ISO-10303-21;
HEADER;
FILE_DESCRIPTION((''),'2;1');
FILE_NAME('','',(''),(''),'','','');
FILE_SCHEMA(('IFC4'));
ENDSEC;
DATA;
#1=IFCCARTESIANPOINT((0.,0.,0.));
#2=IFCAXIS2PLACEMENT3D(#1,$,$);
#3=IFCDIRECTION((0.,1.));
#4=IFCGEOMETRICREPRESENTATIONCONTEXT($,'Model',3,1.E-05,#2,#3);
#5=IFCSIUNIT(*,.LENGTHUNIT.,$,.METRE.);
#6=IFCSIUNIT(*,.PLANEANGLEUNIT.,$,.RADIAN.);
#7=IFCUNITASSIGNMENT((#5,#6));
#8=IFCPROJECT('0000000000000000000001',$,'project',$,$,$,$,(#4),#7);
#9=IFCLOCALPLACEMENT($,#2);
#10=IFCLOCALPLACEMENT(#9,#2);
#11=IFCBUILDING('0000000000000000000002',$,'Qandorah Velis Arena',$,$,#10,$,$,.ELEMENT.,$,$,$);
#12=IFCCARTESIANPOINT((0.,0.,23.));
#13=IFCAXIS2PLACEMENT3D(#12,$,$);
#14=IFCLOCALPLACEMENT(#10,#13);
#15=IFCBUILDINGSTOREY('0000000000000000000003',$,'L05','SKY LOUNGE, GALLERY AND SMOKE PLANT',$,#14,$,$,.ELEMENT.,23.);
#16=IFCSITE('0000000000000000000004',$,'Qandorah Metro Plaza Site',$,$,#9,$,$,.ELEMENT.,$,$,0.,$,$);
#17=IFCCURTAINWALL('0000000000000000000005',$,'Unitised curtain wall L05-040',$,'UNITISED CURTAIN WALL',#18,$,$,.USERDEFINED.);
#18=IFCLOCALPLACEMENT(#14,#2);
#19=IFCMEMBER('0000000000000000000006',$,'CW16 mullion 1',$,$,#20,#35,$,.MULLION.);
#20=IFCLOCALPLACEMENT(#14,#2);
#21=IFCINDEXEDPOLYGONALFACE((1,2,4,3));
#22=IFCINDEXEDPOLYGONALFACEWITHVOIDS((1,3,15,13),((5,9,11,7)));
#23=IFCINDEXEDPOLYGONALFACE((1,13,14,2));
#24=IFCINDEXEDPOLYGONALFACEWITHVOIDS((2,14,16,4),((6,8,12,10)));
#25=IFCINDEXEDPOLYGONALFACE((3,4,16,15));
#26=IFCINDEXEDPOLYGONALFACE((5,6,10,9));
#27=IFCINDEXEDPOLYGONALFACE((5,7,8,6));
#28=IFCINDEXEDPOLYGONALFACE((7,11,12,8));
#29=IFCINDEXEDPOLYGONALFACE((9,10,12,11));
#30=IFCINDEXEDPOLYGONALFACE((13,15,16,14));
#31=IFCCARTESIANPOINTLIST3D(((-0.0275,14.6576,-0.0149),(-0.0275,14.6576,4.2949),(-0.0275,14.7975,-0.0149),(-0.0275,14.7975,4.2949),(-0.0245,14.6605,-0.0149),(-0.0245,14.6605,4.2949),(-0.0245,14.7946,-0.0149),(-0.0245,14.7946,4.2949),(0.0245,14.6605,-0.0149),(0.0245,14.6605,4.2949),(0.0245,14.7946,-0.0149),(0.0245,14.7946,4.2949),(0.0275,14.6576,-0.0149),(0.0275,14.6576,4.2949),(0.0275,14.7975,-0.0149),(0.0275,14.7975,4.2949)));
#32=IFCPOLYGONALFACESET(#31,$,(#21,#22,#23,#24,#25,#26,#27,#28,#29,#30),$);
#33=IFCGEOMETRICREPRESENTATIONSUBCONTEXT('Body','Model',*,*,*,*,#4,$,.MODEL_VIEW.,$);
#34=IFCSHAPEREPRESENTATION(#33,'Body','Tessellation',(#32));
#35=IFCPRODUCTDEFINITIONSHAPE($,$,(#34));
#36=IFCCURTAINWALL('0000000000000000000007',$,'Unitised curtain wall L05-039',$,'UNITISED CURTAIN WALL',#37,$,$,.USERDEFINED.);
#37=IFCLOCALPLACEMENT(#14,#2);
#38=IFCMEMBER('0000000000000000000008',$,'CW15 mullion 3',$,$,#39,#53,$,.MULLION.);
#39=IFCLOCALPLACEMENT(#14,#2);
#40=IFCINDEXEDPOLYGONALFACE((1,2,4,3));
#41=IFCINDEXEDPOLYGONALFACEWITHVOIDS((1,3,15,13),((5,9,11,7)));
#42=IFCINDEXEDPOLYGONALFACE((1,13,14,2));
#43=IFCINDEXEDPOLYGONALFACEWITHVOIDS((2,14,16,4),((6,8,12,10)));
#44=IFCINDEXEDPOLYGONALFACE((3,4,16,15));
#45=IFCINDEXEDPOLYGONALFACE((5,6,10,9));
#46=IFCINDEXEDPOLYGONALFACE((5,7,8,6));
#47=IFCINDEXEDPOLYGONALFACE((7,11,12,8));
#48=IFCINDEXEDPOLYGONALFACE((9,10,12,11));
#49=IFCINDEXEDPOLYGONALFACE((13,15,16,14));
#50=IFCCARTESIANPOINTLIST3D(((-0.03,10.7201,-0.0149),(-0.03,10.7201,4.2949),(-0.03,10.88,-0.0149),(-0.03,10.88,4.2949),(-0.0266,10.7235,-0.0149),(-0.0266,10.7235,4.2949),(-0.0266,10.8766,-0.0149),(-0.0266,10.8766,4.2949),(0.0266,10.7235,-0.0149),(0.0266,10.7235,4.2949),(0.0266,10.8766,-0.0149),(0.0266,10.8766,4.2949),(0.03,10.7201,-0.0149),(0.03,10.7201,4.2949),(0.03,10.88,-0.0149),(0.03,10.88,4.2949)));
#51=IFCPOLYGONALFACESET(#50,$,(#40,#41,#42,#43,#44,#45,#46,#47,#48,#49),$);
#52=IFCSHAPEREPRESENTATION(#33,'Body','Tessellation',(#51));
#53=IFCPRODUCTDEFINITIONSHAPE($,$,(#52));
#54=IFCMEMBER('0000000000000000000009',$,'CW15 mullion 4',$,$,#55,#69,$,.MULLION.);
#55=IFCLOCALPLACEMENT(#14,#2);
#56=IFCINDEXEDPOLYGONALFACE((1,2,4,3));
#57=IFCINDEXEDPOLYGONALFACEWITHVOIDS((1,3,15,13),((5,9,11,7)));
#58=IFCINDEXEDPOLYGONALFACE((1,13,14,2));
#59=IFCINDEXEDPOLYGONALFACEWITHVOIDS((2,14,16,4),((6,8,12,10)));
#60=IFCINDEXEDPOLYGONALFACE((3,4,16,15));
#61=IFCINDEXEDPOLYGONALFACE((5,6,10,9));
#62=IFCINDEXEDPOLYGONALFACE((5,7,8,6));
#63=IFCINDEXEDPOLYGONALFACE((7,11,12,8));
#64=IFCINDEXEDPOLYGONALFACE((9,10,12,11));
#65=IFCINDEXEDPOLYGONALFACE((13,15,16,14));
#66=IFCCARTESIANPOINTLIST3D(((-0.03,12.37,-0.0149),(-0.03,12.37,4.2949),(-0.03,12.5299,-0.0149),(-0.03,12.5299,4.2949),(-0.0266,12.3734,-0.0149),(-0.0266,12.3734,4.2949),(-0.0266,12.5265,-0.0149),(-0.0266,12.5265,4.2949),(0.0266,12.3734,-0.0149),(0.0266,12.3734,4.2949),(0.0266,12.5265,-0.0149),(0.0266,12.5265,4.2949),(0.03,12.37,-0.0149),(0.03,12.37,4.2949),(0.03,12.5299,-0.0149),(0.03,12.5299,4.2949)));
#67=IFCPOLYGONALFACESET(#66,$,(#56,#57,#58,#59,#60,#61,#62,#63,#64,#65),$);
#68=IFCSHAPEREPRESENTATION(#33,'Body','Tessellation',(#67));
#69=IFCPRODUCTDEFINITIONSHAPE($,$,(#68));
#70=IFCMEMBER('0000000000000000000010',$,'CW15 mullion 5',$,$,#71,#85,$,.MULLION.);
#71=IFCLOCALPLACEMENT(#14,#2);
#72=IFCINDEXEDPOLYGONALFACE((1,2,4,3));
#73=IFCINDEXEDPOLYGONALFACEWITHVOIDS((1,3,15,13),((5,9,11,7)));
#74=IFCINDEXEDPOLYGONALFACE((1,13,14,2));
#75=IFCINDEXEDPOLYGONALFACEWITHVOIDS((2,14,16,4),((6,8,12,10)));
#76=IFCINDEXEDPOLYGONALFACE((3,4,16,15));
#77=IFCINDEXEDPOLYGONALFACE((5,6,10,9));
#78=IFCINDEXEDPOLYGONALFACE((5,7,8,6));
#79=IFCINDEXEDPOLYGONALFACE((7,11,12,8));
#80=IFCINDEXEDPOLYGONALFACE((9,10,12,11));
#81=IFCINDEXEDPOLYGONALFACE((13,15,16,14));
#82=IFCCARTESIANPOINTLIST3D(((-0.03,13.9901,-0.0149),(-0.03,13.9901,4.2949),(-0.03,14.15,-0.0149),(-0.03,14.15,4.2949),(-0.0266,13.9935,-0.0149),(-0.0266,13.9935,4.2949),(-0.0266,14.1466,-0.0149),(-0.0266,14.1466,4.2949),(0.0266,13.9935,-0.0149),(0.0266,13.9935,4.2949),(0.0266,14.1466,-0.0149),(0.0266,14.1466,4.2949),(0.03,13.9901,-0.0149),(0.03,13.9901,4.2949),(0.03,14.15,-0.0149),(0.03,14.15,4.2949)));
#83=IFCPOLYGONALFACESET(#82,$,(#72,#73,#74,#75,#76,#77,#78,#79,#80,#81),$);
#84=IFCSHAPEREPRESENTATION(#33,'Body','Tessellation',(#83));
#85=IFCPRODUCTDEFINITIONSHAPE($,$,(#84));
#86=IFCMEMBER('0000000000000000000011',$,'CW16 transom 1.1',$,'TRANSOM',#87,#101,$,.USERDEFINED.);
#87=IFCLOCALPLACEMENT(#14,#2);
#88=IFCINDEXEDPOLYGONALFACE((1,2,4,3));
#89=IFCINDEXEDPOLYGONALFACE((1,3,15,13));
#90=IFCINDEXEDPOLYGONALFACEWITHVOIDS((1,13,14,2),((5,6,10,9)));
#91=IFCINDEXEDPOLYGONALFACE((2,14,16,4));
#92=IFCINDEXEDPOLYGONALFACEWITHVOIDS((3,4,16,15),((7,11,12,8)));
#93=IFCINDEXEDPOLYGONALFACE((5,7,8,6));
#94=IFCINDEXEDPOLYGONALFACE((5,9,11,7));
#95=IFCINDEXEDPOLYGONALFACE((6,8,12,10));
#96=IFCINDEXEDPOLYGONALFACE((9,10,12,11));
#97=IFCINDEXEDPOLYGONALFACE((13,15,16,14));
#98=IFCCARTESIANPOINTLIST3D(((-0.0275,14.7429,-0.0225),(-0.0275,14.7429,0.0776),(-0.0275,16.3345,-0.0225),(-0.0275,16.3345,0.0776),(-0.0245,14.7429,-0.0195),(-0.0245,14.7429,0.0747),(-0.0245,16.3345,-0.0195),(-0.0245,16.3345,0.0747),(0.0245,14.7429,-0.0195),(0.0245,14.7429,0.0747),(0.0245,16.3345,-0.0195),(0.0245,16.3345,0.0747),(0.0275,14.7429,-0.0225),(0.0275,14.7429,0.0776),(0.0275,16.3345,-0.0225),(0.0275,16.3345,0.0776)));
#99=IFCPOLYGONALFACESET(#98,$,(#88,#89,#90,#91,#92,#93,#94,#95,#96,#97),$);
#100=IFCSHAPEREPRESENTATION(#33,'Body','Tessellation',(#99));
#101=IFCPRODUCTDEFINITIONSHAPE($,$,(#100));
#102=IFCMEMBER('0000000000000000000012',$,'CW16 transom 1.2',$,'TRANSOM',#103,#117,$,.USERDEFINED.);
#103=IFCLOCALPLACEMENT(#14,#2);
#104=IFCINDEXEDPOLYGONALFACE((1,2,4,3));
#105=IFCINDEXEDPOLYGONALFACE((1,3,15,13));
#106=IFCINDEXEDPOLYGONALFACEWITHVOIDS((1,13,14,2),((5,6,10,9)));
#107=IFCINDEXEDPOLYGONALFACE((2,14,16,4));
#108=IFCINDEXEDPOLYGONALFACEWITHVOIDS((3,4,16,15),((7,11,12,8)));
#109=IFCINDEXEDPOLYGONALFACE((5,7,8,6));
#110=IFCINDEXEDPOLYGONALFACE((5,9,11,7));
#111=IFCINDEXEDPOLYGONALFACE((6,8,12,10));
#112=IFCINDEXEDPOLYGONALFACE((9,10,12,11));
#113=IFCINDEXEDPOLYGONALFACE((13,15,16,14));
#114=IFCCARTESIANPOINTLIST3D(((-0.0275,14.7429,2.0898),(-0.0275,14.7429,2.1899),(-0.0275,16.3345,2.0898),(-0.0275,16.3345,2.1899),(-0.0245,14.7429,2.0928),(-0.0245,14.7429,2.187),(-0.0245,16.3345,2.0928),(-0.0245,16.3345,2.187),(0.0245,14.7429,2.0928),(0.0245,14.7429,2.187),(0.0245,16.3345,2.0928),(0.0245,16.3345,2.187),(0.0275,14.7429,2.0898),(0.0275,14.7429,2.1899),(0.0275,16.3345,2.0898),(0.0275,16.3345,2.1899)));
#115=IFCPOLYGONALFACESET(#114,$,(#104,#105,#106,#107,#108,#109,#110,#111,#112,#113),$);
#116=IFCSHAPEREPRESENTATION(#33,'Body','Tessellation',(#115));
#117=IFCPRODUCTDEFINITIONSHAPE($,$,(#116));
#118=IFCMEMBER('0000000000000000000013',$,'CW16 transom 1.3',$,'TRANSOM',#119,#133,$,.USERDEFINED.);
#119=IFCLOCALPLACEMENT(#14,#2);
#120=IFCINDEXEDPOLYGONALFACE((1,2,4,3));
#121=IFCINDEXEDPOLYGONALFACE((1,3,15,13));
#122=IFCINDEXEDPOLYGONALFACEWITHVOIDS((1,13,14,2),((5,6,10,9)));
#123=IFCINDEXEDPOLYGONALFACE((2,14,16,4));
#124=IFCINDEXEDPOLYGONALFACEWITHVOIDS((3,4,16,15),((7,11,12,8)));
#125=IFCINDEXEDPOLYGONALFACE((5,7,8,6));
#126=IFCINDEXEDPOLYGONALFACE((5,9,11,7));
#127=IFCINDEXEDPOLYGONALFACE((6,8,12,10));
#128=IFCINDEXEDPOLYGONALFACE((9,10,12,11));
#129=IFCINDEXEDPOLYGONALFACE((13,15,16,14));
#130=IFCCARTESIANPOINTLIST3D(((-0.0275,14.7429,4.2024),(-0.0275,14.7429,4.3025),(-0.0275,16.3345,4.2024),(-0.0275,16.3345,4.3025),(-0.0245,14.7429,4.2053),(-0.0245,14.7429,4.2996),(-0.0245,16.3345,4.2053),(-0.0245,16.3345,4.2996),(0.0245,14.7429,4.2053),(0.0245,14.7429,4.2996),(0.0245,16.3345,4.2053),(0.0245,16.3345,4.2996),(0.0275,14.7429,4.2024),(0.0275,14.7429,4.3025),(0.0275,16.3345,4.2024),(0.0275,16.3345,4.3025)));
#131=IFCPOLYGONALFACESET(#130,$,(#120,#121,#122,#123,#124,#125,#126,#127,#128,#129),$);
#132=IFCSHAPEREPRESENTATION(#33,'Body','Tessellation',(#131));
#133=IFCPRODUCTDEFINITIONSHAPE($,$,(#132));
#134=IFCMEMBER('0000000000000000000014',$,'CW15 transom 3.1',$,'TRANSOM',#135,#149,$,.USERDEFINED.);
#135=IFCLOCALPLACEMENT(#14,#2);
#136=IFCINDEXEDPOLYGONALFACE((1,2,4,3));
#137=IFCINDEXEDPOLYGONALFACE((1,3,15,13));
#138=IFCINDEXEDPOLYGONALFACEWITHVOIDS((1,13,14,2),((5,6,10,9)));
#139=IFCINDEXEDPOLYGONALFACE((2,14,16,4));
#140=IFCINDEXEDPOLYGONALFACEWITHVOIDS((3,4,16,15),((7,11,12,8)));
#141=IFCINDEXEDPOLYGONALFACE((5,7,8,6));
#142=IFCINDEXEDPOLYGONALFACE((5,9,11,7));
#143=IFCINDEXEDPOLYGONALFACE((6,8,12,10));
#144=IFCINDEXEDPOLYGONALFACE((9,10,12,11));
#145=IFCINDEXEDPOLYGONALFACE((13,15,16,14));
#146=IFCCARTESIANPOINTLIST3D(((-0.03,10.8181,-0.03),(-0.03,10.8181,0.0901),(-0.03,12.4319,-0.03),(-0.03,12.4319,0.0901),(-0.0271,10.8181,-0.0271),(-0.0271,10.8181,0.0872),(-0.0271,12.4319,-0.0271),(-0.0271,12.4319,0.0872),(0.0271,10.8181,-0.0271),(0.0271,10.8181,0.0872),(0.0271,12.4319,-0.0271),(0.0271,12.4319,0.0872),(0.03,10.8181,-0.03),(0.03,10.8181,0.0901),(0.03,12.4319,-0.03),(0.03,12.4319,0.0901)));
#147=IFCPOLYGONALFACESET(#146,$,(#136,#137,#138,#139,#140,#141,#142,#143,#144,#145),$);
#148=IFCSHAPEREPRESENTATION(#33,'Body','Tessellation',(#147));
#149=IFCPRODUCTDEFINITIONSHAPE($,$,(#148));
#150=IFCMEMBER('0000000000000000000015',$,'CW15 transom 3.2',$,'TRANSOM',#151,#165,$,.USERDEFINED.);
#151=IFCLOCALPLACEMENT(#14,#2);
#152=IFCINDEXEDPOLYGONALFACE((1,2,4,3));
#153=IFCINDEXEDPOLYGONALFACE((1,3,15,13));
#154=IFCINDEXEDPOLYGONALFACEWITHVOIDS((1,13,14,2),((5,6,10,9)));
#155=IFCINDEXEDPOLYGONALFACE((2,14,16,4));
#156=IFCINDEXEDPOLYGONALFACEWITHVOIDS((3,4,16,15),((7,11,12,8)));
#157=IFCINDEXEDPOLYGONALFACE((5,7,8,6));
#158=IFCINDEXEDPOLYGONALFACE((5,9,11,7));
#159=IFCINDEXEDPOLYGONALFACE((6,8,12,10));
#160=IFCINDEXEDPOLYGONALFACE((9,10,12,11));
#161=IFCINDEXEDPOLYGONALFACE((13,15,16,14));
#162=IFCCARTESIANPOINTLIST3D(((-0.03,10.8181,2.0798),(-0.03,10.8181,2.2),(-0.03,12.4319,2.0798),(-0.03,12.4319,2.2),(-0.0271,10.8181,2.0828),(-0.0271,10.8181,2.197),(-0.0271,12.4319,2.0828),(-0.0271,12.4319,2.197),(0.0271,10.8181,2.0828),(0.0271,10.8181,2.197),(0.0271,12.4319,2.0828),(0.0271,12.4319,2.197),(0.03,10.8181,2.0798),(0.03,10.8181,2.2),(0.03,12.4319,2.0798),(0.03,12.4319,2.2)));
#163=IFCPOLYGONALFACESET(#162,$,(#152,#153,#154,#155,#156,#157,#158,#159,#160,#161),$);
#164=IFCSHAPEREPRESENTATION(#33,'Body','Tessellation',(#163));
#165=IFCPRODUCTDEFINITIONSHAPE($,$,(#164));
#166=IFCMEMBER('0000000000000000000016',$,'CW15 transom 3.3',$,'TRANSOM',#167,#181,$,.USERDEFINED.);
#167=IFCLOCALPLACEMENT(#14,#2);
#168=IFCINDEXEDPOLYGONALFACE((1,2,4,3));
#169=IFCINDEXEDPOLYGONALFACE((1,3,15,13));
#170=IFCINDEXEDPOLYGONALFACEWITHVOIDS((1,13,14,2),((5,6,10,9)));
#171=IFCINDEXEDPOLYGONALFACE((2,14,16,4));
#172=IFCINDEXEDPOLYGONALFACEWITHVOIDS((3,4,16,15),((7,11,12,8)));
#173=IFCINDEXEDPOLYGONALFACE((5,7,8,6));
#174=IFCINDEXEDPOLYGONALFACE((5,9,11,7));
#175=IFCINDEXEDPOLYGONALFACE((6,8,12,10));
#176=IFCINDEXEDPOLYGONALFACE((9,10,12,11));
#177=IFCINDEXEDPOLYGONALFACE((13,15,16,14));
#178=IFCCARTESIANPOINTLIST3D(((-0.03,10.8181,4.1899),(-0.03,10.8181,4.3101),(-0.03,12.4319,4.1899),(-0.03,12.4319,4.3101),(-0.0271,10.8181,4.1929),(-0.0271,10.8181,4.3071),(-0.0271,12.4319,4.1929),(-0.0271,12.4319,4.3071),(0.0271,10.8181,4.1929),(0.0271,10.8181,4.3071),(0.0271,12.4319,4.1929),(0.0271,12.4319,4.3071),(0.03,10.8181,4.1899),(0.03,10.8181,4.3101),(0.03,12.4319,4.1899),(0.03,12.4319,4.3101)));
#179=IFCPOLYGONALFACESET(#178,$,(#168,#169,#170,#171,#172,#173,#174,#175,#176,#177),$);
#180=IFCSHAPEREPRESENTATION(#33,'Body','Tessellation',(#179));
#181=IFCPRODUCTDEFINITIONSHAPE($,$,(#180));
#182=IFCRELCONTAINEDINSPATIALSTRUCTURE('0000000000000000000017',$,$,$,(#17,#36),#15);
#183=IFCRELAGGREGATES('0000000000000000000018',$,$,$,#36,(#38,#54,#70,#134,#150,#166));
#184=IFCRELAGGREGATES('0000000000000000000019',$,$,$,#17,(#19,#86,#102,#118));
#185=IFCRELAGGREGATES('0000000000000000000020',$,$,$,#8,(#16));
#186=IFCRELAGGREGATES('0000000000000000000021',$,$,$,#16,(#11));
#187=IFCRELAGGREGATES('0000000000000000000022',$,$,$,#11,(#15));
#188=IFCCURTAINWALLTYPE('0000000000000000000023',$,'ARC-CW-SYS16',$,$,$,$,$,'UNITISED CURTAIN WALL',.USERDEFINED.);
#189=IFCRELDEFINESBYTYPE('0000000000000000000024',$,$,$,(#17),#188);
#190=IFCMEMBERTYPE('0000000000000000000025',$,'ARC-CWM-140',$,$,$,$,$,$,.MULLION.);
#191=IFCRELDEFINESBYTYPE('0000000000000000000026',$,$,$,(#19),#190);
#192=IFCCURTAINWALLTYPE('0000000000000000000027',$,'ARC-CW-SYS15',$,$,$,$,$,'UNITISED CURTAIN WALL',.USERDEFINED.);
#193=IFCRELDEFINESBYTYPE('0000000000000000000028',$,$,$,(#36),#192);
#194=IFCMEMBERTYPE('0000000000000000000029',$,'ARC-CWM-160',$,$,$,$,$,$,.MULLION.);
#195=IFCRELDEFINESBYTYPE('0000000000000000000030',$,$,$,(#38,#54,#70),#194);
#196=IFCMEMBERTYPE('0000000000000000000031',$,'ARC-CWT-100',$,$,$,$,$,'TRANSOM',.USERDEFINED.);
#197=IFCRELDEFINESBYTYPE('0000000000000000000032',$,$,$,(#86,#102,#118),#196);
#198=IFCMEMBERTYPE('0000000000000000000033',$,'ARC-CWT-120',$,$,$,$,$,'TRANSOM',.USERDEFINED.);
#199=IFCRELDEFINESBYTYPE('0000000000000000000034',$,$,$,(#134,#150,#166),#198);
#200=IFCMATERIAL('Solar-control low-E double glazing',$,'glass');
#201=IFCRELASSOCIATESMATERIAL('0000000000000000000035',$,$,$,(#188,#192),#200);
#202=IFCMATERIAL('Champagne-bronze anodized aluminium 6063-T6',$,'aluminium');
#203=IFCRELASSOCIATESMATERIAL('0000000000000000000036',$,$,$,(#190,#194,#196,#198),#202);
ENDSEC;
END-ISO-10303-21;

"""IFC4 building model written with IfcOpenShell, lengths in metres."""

from ifc_helpers import new_model, si_unit, direction, frame, origin, origin_2d, place, context, subcontext, project, spatial, hollow_rectangle, extrude, material, material_profile, profile_set, type_object, element, aggregate, save


model = new_model("IFC4")

# Units and contexts
model_context = context("Model", 3, precision=1e-05, world=origin(), true_north=direction((0.0, 1.0)))
body_context = subcontext(model_context, "Body", "Model", "MODEL_VIEW")
ifc_project = project(units=[si_unit("LENGTHUNIT", "METRE"), si_unit("PLANEANGLEUNIT", "RADIAN")], contexts=[model_context])

# Site, building, storey
site_placement = place(None, origin())
site = spatial("IfcSite", under=ifc_project, at=site_placement, Name="Qandorah Metro Plaza Site", CompositionType="ELEMENT", RefElevation=0.0)
building_placement = place(site_placement, origin())
building = spatial("IfcBuilding", under=site, at=building_placement, Name="Qandorah Velis Arena", CompositionType="ELEMENT")
storey_placement = place(building_placement, frame((0.0, 0.0, 23.0)))
storey = spatial("IfcBuildingStorey", under=building, at=storey_placement, Name="L05", Description="SKY LOUNGE, GALLERY AND SMOKE PLANT", CompositionType="ELEMENT", Elevation=23.0)

# Curtain wall, member
ifc_material_1 = material(Name="Solar-control low-E double glazing", Category="glass")
curtain_wall_type_1 = type_object("IfcCurtainWallType", Name="ARC-CW-SYS16", ElementType="UNITISED CURTAIN WALL", PredefinedType="USERDEFINED", material=ifc_material_1)
curtain_wall_1_placement = place(storey_placement, origin())
curtain_wall_1 = element("IfcCurtainWall", 1, at=curtain_wall_1_placement, inside=storey, type_object=curtain_wall_type_1, Name="Unitised curtain wall L05-040", ObjectType="UNITISED CURTAIN WALL", PredefinedType="USERDEFINED")
ifc_material_2 = material(Name="Champagne-bronze anodized aluminium 6063-T6", Category="aluminium")
ifc_material_profile_1 = material_profile(ifc_material_2, hollow_rectangle(XDim=0.0549, YDim=0.1399, WallThickness=0.0029, at=origin_2d()), Name="ALU MULLION 55x140")
ifc_profile_set_1 = profile_set([ifc_material_profile_1], Name="Champagne-bronze anodized aluminium 6063-T6")
member_type_1 = type_object("IfcMemberType", Name="ARC-CWM-140", PredefinedType="MULLION", material=ifc_profile_set_1)
member_1_placement = place(storey_placement, frame((0.0, 14.7275, -0.0149), z_axis=(0.0, 0.0, 1.0), x_axis=(-1.0, 0.0, 0.0)))
member_1 = element("IfcMember", 2, at=member_1_placement, type_object=member_type_1, Name="CW16 mullion 1", PredefinedType="MULLION", context=body_context, shape_type="SweptSolid", body=[
    extrude(hollow_rectangle(XDim=0.0549, YDim=0.1399, WallThickness=0.0029, at=origin_2d()), origin(), (0.0, 0.0, 1.0), 4.3098),
])

# Curtain wall, members
curtain_wall_type_2 = type_object("IfcCurtainWallType", Name="ARC-CW-SYS15", ElementType="UNITISED CURTAIN WALL", PredefinedType="USERDEFINED", material=ifc_material_1)
curtain_wall_2_placement = place(storey_placement, origin())
curtain_wall_2 = element("IfcCurtainWall", 3, at=curtain_wall_2_placement, inside=storey, type_object=curtain_wall_type_2, Name="Unitised curtain wall L05-039", ObjectType="UNITISED CURTAIN WALL", PredefinedType="USERDEFINED")
ifc_material_profile_2 = material_profile(ifc_material_2, hollow_rectangle(XDim=0.0601, YDim=0.1599, WallThickness=0.0034, at=origin_2d()), Name="ALU MULLION 60x160")
ifc_profile_set_2 = profile_set([ifc_material_profile_2], Name="Champagne-bronze anodized aluminium 6063-T6")
member_type_2 = type_object("IfcMemberType", Name="ARC-CWM-160", PredefinedType="MULLION", material=ifc_profile_set_2)
member_2_placement = place(storey_placement, frame((0.0, 10.8, -0.0149), z_axis=(0.0, 0.0, 1.0), x_axis=(-1.0, 0.0, 0.0)))
member_2 = element("IfcMember", 4, at=member_2_placement, type_object=member_type_2, Name="CW15 mullion 3", PredefinedType="MULLION", context=body_context, shape_type="SweptSolid", body=[
    extrude(hollow_rectangle(XDim=0.0601, YDim=0.1599, WallThickness=0.0034, at=origin_2d()), origin(), (0.0, 0.0, 1.0), 4.3098),
])
member_3_placement = place(storey_placement, frame((0.0, 12.45, -0.0149), z_axis=(0.0, 0.0, 1.0), x_axis=(-1.0, 0.0, 0.0)))
member_3 = element("IfcMember", 5, at=member_3_placement, type_object=member_type_2, Name="CW15 mullion 4", PredefinedType="MULLION", context=body_context, shape_type="SweptSolid", body=[
    extrude(hollow_rectangle(XDim=0.0601, YDim=0.1599, WallThickness=0.0034, at=origin_2d()), origin(), (0.0, 0.0, 1.0), 4.3098),
])
member_4_placement = place(storey_placement, frame((0.0, 14.0701, -0.0149), z_axis=(0.0, 0.0, 1.0), x_axis=(-1.0, 0.0, 0.0)))
member_4 = element("IfcMember", 6, at=member_4_placement, type_object=member_type_2, Name="CW15 mullion 5", PredefinedType="MULLION", context=body_context, shape_type="SweptSolid", body=[
    extrude(hollow_rectangle(XDim=0.0601, YDim=0.1599, WallThickness=0.0034, at=origin_2d()), origin(), (0.0, 0.0, 1.0), 4.3098),
])

# Members
ifc_material_profile_3 = material_profile(ifc_material_2, hollow_rectangle(XDim=0.0549, YDim=0.1001, WallThickness=0.0029, at=origin_2d()), Name="ALU TRANSOM 55x100")
ifc_profile_set_3 = profile_set([ifc_material_profile_3], Name="Champagne-bronze anodized aluminium 6063-T6")
member_type_3 = type_object("IfcMemberType", Name="ARC-CWT-100", ElementType="TRANSOM", PredefinedType="USERDEFINED", material=ifc_profile_set_3)
member_5_placement = place(storey_placement, frame((0.0, 14.7429, 0.0276), z_axis=(0.0, 1.0, 0.0), x_axis=(-1.0, 0.0, 0.0)))
member_5 = element("IfcMember", 7, at=member_5_placement, type_object=member_type_3, Name="CW16 transom 1.1", ObjectType="TRANSOM", PredefinedType="USERDEFINED", context=body_context, shape_type="SweptSolid", body=[
    extrude(hollow_rectangle(XDim=0.0549, YDim=0.1001, WallThickness=0.0029, at=origin_2d()), origin(), (0.0, 0.0, 1.0), 1.5916),
])
member_6_placement = place(storey_placement, frame((0.0, 14.7429, 2.1399), z_axis=(0.0, 1.0, 0.0), x_axis=(-1.0, 0.0, 0.0)))
member_6 = element("IfcMember", 8, at=member_6_placement, type_object=member_type_3, Name="CW16 transom 1.2", ObjectType="TRANSOM", PredefinedType="USERDEFINED", context=body_context, shape_type="SweptSolid", body=[
    extrude(hollow_rectangle(XDim=0.0549, YDim=0.1001, WallThickness=0.0029, at=origin_2d()), origin(), (0.0, 0.0, 1.0), 1.5916),
])
member_7_placement = place(storey_placement, frame((0.0, 14.7429, 4.2524), z_axis=(0.0, 1.0, 0.0), x_axis=(-1.0, 0.0, 0.0)))
member_7 = element("IfcMember", 9, at=member_7_placement, type_object=member_type_3, Name="CW16 transom 1.3", ObjectType="TRANSOM", PredefinedType="USERDEFINED", context=body_context, shape_type="SweptSolid", body=[
    extrude(hollow_rectangle(XDim=0.0549, YDim=0.1001, WallThickness=0.0029, at=origin_2d()), origin(), (0.0, 0.0, 1.0), 1.5916),
])
ifc_material_profile_4 = material_profile(ifc_material_2, hollow_rectangle(XDim=0.0601, YDim=0.1201, WallThickness=0.0029, at=origin_2d()), Name="ALU TRANSOM 60x120")
ifc_profile_set_4 = profile_set([ifc_material_profile_4], Name="Champagne-bronze anodized aluminium 6063-T6")
member_type_4 = type_object("IfcMemberType", Name="ARC-CWT-120", ElementType="TRANSOM", PredefinedType="USERDEFINED", material=ifc_profile_set_4)
member_8_placement = place(storey_placement, frame((0.0, 10.8181, 0.03), z_axis=(0.0, 1.0, 0.0), x_axis=(-1.0, 0.0, 0.0)))
member_8 = element("IfcMember", 10, at=member_8_placement, type_object=member_type_4, Name="CW15 transom 3.1", ObjectType="TRANSOM", PredefinedType="USERDEFINED", context=body_context, shape_type="SweptSolid", body=[
    extrude(hollow_rectangle(XDim=0.0601, YDim=0.1201, WallThickness=0.0029, at=origin_2d()), origin(), (0.0, 0.0, 1.0), 1.6138),
])
member_9_placement = place(storey_placement, frame((0.0, 10.8181, 2.1399), z_axis=(0.0, 1.0, 0.0), x_axis=(-1.0, 0.0, 0.0)))
member_9 = element("IfcMember", 11, at=member_9_placement, type_object=member_type_4, Name="CW15 transom 3.2", ObjectType="TRANSOM", PredefinedType="USERDEFINED", context=body_context, shape_type="SweptSolid", body=[
    extrude(hollow_rectangle(XDim=0.0601, YDim=0.1201, WallThickness=0.0029, at=origin_2d()), origin(), (0.0, 0.0, 1.0), 1.6138),
])
member_10_placement = place(storey_placement, frame((0.0, 10.8181, 4.25), z_axis=(0.0, 1.0, 0.0), x_axis=(-1.0, 0.0, 0.0)))
member_10 = element("IfcMember", 12, at=member_10_placement, type_object=member_type_4, Name="CW15 transom 3.3", ObjectType="TRANSOM", PredefinedType="USERDEFINED", context=body_context, shape_type="SweptSolid", body=[
    extrude(hollow_rectangle(XDim=0.0601, YDim=0.1201, WallThickness=0.0029, at=origin_2d()), origin(), (0.0, 0.0, 1.0), 1.6138),
])

aggregate(curtain_wall_2, [member_2, member_3, member_4, member_8, member_9, member_10])
aggregate(curtain_wall_1, [member_1, member_5, member_6, member_7])

save(model, "model.ifc")
